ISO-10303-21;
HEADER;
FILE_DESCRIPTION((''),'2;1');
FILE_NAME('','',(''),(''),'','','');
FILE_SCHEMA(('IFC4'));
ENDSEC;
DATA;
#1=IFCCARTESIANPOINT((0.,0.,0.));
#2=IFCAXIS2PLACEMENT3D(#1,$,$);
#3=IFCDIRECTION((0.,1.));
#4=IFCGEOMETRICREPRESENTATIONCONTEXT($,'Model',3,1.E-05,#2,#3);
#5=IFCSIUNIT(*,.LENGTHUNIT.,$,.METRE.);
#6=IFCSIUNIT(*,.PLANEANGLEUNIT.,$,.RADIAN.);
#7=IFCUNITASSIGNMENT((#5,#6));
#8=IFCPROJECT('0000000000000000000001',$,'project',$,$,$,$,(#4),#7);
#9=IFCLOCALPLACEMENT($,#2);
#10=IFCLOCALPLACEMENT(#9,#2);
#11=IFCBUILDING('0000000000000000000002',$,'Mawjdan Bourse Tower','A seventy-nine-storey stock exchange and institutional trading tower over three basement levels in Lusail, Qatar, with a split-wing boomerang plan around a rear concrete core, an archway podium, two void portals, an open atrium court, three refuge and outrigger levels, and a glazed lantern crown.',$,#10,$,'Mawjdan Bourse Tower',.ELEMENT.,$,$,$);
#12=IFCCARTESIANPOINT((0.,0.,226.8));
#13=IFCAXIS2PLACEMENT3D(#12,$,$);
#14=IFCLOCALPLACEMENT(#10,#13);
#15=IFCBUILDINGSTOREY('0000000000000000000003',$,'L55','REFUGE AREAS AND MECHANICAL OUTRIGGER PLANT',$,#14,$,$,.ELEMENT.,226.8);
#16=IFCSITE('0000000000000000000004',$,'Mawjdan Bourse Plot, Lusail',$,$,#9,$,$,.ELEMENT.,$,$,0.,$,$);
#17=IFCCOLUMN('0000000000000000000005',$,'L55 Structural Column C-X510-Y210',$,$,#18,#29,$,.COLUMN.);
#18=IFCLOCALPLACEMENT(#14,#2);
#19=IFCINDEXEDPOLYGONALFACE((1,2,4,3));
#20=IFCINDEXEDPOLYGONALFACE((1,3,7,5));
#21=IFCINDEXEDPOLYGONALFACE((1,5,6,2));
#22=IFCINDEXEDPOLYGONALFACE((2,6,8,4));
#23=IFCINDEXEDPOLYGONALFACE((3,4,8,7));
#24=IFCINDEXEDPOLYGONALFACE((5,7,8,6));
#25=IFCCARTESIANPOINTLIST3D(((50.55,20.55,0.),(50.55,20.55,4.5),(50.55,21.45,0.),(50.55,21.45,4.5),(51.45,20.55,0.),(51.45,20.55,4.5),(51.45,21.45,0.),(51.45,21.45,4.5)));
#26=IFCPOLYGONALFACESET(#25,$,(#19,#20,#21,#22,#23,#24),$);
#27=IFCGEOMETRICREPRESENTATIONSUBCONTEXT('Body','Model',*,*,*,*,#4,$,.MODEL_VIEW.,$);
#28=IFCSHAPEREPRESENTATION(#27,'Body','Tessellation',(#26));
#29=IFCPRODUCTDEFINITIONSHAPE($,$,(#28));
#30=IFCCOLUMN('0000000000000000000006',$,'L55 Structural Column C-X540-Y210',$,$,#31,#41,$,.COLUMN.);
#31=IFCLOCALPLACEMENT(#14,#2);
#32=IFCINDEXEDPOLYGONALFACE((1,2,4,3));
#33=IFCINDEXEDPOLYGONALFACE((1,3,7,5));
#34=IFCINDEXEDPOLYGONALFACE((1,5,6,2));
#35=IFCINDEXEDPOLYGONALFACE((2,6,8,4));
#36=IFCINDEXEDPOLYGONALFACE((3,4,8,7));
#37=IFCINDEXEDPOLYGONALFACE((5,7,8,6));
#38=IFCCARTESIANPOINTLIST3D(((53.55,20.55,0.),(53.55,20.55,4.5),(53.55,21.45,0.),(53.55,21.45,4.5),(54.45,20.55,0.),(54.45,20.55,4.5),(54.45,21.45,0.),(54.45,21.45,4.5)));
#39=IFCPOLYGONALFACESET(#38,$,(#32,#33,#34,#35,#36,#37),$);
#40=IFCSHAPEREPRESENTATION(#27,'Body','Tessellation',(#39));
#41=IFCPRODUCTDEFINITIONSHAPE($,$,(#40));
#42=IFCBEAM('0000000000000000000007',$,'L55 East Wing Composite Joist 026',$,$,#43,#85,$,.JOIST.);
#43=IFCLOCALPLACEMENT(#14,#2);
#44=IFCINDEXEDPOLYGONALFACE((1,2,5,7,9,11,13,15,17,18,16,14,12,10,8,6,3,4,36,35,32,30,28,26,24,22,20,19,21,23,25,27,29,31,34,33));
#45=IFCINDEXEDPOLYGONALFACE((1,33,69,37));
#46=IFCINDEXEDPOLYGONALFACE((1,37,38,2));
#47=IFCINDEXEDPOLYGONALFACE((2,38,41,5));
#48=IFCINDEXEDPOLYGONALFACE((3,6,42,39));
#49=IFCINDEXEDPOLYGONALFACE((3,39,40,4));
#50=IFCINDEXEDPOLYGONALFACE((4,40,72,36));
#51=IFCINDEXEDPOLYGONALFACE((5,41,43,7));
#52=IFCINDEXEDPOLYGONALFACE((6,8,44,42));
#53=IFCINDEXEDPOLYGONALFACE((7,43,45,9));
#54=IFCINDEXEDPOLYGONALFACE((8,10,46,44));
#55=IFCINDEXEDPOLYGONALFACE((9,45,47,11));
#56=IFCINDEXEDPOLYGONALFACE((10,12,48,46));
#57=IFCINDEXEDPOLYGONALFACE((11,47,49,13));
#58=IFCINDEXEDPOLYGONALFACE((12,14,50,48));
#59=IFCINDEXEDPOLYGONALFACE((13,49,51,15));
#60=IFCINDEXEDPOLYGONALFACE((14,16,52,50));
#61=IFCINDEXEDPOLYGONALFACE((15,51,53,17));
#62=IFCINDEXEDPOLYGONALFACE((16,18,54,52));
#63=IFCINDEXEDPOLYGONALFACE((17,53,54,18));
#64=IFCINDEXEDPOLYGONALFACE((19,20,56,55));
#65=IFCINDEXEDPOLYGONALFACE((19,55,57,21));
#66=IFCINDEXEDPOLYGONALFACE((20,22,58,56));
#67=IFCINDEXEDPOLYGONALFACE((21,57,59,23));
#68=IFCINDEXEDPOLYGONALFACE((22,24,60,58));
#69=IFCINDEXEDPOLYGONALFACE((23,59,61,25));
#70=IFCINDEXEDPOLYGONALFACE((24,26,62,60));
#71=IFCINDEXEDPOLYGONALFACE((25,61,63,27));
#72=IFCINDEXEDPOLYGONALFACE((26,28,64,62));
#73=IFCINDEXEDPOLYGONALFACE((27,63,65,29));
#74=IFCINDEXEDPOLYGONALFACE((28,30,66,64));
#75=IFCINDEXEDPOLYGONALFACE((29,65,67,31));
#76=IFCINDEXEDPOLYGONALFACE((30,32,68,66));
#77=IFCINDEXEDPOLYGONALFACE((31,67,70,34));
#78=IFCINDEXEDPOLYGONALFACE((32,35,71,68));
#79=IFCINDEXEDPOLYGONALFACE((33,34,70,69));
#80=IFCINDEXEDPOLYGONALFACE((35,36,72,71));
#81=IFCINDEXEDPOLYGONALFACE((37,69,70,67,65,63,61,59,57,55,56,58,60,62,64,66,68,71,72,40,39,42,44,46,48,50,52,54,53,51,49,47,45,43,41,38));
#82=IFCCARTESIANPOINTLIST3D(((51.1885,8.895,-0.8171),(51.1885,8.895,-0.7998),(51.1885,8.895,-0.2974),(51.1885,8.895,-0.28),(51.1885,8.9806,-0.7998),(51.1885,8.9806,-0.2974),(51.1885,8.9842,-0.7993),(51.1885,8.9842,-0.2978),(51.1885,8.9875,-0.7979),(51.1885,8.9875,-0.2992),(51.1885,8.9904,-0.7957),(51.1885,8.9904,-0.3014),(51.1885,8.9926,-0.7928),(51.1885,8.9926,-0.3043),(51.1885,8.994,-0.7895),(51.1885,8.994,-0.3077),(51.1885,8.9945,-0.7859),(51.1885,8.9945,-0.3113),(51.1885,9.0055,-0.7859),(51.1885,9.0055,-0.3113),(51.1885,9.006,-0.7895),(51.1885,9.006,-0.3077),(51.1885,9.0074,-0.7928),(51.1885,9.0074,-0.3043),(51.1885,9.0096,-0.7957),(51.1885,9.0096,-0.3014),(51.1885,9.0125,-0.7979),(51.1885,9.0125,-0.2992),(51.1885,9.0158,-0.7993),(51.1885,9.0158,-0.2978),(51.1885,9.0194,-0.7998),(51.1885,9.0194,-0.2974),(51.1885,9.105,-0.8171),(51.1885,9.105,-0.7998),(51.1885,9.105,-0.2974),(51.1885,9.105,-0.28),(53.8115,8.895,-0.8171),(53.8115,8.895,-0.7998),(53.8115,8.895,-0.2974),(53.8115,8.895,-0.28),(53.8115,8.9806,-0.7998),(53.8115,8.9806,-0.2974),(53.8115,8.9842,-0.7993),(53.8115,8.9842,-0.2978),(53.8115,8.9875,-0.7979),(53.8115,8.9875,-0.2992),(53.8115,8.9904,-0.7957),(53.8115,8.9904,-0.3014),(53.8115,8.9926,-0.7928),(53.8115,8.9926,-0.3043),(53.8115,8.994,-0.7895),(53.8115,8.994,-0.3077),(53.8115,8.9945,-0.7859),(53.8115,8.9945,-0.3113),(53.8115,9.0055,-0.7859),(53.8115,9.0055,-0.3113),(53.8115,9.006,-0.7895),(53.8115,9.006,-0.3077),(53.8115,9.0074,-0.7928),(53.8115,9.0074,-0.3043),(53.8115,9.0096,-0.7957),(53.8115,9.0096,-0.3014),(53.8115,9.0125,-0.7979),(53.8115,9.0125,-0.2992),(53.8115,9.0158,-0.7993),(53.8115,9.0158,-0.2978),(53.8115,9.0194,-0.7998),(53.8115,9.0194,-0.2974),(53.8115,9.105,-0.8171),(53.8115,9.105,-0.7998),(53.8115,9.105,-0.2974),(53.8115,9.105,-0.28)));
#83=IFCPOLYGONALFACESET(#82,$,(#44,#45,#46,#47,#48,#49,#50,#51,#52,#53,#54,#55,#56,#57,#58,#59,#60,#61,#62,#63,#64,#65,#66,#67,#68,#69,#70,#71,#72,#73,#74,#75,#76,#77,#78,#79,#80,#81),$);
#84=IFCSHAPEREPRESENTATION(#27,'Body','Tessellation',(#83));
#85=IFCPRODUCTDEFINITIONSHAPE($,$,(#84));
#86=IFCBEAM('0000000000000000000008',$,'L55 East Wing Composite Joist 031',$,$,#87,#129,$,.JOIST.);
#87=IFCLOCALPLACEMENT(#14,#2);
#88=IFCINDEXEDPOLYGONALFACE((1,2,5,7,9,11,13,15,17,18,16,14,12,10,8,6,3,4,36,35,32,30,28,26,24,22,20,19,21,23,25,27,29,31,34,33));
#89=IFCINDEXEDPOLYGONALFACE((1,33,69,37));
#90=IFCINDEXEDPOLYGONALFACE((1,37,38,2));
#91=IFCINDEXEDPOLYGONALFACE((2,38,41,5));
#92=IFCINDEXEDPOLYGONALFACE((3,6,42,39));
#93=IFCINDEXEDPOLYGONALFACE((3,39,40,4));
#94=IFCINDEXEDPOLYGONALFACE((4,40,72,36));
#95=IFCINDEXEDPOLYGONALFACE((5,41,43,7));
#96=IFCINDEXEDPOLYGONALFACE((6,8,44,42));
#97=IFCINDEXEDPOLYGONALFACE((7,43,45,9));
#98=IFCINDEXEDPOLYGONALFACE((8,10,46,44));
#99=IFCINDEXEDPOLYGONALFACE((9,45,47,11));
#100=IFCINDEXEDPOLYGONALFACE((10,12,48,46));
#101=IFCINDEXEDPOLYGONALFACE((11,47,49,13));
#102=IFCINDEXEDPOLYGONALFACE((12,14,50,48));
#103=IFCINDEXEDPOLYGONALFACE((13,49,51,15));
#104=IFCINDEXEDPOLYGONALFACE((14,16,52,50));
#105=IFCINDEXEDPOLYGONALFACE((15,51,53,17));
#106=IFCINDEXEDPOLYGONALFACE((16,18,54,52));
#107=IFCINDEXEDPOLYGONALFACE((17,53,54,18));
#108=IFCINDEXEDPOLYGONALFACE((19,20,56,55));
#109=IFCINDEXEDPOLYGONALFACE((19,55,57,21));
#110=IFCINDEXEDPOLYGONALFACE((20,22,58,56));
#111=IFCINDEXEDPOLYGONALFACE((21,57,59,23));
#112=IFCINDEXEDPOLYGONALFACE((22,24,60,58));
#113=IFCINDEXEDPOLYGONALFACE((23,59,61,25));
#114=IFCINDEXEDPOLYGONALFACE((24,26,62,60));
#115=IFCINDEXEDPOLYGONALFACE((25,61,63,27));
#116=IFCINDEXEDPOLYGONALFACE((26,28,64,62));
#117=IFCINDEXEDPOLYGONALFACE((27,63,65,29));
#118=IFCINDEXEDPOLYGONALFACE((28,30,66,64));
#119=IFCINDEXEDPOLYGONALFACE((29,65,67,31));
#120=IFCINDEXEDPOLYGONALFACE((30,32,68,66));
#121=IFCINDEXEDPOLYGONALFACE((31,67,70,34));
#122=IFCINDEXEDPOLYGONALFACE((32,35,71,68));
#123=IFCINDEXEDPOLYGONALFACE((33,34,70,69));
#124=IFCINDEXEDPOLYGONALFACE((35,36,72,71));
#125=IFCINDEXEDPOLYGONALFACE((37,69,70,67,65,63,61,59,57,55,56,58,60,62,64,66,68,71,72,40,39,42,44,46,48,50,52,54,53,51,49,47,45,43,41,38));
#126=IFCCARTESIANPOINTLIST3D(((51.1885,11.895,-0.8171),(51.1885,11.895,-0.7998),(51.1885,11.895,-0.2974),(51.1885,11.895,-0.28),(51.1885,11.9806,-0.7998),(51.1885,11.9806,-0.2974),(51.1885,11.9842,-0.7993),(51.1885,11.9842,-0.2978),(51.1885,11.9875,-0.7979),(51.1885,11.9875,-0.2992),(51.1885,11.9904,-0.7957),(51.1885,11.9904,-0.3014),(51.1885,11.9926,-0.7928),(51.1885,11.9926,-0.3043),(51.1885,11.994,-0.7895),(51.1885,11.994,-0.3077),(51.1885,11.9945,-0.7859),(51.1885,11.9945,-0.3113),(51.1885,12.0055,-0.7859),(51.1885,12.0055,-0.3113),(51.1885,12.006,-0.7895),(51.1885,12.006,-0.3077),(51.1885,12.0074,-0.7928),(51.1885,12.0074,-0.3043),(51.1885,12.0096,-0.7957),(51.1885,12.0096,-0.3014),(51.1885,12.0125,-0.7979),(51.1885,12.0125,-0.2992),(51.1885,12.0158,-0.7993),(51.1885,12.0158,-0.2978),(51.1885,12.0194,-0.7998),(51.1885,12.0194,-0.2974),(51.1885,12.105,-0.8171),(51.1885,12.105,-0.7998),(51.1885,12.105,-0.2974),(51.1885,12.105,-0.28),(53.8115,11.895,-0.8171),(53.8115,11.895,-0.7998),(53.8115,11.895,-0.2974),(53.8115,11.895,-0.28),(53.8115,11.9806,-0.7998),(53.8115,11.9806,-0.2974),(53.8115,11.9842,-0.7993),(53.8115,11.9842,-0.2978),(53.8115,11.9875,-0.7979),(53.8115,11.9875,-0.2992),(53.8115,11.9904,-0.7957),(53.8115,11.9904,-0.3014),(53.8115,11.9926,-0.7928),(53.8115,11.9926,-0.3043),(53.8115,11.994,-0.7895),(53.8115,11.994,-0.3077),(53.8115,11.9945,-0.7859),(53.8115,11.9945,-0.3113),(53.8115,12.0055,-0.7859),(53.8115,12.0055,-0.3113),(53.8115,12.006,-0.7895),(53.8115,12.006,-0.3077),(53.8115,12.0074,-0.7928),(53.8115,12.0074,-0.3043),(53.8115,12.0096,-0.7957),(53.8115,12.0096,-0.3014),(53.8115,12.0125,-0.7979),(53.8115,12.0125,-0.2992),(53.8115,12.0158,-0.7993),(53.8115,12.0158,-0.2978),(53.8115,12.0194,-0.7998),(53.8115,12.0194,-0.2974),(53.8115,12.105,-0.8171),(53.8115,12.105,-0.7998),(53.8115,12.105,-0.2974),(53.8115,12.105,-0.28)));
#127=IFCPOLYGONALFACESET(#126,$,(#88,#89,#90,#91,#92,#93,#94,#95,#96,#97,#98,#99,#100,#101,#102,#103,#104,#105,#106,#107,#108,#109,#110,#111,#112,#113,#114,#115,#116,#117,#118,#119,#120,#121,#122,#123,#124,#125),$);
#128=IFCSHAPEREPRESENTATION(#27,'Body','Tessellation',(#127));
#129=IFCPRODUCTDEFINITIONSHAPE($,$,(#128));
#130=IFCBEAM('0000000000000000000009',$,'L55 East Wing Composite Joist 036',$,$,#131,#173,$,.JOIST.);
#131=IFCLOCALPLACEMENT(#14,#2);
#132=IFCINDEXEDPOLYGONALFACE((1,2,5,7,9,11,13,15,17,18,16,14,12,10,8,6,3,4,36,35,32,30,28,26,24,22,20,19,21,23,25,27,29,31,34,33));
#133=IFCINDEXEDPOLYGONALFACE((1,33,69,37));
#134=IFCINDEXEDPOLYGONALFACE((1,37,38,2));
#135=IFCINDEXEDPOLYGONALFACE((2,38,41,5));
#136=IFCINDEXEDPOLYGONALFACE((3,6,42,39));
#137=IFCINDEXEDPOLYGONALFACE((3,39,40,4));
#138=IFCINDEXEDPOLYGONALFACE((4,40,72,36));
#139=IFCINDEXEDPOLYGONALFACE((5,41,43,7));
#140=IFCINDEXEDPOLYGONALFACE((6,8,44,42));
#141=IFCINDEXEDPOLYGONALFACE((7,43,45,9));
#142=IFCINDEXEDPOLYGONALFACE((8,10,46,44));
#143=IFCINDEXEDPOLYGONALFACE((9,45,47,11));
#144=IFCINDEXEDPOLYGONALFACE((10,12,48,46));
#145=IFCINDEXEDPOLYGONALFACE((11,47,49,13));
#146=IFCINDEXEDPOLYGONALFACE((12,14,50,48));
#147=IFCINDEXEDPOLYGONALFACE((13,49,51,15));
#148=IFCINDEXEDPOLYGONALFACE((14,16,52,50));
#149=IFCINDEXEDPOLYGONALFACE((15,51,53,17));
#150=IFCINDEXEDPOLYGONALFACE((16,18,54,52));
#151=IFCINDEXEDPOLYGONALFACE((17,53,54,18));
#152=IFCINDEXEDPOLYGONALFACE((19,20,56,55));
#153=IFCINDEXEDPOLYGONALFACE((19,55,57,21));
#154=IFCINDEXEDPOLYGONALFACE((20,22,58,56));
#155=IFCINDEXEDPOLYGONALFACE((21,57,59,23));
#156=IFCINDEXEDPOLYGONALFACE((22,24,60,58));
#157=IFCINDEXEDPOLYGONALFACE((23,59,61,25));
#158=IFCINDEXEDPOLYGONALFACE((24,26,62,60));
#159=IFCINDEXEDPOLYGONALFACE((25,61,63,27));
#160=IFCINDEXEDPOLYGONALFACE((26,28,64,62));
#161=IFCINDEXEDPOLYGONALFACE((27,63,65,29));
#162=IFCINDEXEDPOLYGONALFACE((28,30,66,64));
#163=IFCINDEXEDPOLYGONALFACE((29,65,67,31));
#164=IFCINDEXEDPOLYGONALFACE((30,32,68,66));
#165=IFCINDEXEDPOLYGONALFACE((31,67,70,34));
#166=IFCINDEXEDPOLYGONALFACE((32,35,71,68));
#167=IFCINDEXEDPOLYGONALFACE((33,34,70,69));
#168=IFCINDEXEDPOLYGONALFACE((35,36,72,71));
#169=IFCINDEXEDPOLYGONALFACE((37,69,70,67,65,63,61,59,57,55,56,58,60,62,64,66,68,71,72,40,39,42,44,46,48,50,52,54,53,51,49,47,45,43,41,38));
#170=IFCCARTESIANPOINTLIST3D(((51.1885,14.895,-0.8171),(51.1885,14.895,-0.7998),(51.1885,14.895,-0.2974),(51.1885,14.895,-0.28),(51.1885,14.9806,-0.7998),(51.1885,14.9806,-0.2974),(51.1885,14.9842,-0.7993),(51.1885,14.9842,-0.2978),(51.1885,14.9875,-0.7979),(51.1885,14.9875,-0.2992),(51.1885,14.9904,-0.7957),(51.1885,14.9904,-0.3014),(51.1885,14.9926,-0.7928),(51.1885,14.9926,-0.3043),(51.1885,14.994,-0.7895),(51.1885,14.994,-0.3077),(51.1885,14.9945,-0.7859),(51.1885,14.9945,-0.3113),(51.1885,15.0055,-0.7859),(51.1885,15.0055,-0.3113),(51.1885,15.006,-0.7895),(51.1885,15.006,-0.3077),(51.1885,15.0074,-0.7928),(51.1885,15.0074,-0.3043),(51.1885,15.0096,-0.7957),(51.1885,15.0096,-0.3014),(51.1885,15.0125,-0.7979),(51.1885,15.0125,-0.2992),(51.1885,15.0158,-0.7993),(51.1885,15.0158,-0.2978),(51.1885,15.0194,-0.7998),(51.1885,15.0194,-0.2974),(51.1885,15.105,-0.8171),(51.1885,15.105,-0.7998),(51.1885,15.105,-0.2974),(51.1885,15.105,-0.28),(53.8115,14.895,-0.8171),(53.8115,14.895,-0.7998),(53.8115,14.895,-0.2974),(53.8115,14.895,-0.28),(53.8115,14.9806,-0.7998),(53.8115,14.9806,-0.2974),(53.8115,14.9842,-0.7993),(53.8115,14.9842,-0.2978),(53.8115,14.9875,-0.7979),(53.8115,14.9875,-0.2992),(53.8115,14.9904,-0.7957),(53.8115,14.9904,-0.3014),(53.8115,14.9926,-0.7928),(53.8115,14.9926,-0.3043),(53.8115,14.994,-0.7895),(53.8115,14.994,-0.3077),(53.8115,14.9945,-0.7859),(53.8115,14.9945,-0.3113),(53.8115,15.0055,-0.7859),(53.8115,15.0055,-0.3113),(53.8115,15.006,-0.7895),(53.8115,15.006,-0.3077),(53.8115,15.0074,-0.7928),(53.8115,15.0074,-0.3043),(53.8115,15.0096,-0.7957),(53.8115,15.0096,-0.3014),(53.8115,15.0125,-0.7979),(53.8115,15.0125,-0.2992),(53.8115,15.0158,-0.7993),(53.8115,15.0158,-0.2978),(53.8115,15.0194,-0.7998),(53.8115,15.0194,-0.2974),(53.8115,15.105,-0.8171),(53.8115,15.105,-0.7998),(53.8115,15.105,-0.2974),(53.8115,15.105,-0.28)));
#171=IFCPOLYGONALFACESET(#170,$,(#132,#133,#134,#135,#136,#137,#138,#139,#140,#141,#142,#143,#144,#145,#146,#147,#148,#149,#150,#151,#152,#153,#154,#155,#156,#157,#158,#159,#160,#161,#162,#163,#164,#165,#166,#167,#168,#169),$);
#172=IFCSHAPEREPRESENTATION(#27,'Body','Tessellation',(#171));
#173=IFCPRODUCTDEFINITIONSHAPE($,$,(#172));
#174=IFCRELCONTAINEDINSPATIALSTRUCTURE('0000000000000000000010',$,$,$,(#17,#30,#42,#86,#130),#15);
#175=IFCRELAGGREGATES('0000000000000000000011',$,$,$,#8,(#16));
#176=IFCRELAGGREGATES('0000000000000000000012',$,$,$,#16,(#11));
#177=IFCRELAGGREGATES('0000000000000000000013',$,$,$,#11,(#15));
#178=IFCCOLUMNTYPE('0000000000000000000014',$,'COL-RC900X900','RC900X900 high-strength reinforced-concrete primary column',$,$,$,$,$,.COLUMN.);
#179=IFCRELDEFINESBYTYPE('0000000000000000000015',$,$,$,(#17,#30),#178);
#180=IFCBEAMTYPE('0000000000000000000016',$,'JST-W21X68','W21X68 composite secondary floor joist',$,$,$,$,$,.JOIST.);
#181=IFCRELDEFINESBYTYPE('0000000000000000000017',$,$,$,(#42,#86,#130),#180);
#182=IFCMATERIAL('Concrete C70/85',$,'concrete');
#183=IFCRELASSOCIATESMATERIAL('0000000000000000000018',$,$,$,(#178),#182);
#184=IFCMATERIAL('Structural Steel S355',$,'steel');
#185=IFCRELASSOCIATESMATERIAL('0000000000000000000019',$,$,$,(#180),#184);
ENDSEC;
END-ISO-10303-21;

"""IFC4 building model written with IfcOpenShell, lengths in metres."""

from ifc_helpers import new_model, si_unit, direction, frame, origin, origin_2d, place, context, subcontext, project, spatial, rectangle, i_section, extrude, material, material_profile, profile_set, type_object, element, save


model = new_model("IFC4")

# Units and contexts
model_context = context("Model", 3, precision=1e-05, world=origin(), true_north=direction((0.0, 1.0)))
body_context = subcontext(model_context, "Body", "Model", "MODEL_VIEW")
ifc_project = project(units=[si_unit("LENGTHUNIT", "METRE"), si_unit("PLANEANGLEUNIT", "RADIAN")], contexts=[model_context])

# Site, building, storey
site_placement = place(None, origin())
site = spatial("IfcSite", under=ifc_project, at=site_placement, Name="Mawjdan Bourse Plot, Lusail", CompositionType="ELEMENT", RefElevation=0.0)
building_placement = place(site_placement, origin())
building = spatial("IfcBuilding", under=site, at=building_placement, Name="Mawjdan Bourse Tower", Description="A seventy-nine-storey stock exchange and institutional trading tower over three basement levels in Lusail, Qatar, with a split-wing boomerang plan around a rear concrete core, an archway podium, two void portals, an open atrium court, three refuge and outrigger levels, and a glazed lantern crown.", LongName="Mawjdan Bourse Tower", CompositionType="ELEMENT")
storey_placement = place(building_placement, frame((0.0, 0.0, 226.8)))
storey = spatial("IfcBuildingStorey", under=building, at=storey_placement, Name="L55", Description="REFUGE AREAS AND MECHANICAL OUTRIGGER PLANT", CompositionType="ELEMENT", Elevation=226.8)

# Columns
ifc_material_1 = material(Name="Concrete C70/85", Category="concrete")
ifc_material_profile_1 = material_profile(ifc_material_1, rectangle(XDim=0.8999, YDim=0.8999, at=origin_2d()), Name="RC900X900")
ifc_profile_set_1 = profile_set([ifc_material_profile_1], Name="Concrete C70/85")
column_type = type_object("IfcColumnType", Name="COL-RC900X900", Description="RC900X900 high-strength reinforced-concrete primary column", PredefinedType="COLUMN", material=ifc_profile_set_1)
for number, where, z_axis, x_axis, name in (
    (1, (51.0, 21.0, 0.0), (0.0, 0.0, 1.0), (1.0, 0.0, 0.0), "L55 Structural Column C-X510-Y210"),
    (2, (54.0, 21.0, 0.0), (0.0, 0.0, 1.0), (1.0, 0.0, 0.0), "L55 Structural Column C-X540-Y210"),
):
    element("IfcColumn", number, at=place(storey_placement, frame(where, z_axis=z_axis, x_axis=x_axis)), inside=storey, type_object=column_type, Name=name, PredefinedType="COLUMN", context=body_context, shape_type="SweptSolid", body=[
        extrude(rectangle(XDim=0.8999, YDim=0.8999, at=origin_2d()), origin(), (0.0, 0.0, 1.0), 4.5),
    ])

# Beams
ifc_material_2 = material(Name="Structural Steel S355", Category="steel")
ifc_material_profile_2 = material_profile(ifc_material_2, i_section(OverallWidth=0.21, OverallDepth=0.5371, WebThickness=0.011, FlangeThickness=0.0173, FilletRadius=0.0139, at=origin_2d()), Name="W21X68")
ifc_profile_set_2 = profile_set([ifc_material_profile_2], Name="Structural Steel S355")
beam_type_1 = type_object("IfcBeamType", Name="JST-W21X68", Description="W21X68 composite secondary floor joist", PredefinedType="JOIST", material=ifc_profile_set_2)
for number, where, z_axis, x_axis, name in (
    (3, (51.1885, 9.0, -0.5486), (1.0, 0.0, 0.0), (0.0, 1.0, 0.0), "L55 East Wing Composite Joist 026"),
    (4, (51.1885, 12.0, -0.5486), (1.0, 0.0, 0.0), (0.0, 1.0, 0.0), "L55 East Wing Composite Joist 031"),
    (5, (51.1885, 15.0, -0.5486), (1.0, 0.0, 0.0), (0.0, 1.0, 0.0), "L55 East Wing Composite Joist 036"),
):
    element("IfcBeam", number, at=place(storey_placement, frame(where, z_axis=z_axis, x_axis=x_axis)), inside=storey, type_object=beam_type_1, Name=name, PredefinedType="JOIST", context=body_context, shape_type="SweptSolid", body=[
        extrude(i_section(OverallWidth=0.21, OverallDepth=0.5371, WebThickness=0.011, FlangeThickness=0.0173, FilletRadius=0.0139, at=origin_2d()), origin(), (0.0, 0.0, 1.0), 2.623),
    ])

save(model, "model.ifc")
